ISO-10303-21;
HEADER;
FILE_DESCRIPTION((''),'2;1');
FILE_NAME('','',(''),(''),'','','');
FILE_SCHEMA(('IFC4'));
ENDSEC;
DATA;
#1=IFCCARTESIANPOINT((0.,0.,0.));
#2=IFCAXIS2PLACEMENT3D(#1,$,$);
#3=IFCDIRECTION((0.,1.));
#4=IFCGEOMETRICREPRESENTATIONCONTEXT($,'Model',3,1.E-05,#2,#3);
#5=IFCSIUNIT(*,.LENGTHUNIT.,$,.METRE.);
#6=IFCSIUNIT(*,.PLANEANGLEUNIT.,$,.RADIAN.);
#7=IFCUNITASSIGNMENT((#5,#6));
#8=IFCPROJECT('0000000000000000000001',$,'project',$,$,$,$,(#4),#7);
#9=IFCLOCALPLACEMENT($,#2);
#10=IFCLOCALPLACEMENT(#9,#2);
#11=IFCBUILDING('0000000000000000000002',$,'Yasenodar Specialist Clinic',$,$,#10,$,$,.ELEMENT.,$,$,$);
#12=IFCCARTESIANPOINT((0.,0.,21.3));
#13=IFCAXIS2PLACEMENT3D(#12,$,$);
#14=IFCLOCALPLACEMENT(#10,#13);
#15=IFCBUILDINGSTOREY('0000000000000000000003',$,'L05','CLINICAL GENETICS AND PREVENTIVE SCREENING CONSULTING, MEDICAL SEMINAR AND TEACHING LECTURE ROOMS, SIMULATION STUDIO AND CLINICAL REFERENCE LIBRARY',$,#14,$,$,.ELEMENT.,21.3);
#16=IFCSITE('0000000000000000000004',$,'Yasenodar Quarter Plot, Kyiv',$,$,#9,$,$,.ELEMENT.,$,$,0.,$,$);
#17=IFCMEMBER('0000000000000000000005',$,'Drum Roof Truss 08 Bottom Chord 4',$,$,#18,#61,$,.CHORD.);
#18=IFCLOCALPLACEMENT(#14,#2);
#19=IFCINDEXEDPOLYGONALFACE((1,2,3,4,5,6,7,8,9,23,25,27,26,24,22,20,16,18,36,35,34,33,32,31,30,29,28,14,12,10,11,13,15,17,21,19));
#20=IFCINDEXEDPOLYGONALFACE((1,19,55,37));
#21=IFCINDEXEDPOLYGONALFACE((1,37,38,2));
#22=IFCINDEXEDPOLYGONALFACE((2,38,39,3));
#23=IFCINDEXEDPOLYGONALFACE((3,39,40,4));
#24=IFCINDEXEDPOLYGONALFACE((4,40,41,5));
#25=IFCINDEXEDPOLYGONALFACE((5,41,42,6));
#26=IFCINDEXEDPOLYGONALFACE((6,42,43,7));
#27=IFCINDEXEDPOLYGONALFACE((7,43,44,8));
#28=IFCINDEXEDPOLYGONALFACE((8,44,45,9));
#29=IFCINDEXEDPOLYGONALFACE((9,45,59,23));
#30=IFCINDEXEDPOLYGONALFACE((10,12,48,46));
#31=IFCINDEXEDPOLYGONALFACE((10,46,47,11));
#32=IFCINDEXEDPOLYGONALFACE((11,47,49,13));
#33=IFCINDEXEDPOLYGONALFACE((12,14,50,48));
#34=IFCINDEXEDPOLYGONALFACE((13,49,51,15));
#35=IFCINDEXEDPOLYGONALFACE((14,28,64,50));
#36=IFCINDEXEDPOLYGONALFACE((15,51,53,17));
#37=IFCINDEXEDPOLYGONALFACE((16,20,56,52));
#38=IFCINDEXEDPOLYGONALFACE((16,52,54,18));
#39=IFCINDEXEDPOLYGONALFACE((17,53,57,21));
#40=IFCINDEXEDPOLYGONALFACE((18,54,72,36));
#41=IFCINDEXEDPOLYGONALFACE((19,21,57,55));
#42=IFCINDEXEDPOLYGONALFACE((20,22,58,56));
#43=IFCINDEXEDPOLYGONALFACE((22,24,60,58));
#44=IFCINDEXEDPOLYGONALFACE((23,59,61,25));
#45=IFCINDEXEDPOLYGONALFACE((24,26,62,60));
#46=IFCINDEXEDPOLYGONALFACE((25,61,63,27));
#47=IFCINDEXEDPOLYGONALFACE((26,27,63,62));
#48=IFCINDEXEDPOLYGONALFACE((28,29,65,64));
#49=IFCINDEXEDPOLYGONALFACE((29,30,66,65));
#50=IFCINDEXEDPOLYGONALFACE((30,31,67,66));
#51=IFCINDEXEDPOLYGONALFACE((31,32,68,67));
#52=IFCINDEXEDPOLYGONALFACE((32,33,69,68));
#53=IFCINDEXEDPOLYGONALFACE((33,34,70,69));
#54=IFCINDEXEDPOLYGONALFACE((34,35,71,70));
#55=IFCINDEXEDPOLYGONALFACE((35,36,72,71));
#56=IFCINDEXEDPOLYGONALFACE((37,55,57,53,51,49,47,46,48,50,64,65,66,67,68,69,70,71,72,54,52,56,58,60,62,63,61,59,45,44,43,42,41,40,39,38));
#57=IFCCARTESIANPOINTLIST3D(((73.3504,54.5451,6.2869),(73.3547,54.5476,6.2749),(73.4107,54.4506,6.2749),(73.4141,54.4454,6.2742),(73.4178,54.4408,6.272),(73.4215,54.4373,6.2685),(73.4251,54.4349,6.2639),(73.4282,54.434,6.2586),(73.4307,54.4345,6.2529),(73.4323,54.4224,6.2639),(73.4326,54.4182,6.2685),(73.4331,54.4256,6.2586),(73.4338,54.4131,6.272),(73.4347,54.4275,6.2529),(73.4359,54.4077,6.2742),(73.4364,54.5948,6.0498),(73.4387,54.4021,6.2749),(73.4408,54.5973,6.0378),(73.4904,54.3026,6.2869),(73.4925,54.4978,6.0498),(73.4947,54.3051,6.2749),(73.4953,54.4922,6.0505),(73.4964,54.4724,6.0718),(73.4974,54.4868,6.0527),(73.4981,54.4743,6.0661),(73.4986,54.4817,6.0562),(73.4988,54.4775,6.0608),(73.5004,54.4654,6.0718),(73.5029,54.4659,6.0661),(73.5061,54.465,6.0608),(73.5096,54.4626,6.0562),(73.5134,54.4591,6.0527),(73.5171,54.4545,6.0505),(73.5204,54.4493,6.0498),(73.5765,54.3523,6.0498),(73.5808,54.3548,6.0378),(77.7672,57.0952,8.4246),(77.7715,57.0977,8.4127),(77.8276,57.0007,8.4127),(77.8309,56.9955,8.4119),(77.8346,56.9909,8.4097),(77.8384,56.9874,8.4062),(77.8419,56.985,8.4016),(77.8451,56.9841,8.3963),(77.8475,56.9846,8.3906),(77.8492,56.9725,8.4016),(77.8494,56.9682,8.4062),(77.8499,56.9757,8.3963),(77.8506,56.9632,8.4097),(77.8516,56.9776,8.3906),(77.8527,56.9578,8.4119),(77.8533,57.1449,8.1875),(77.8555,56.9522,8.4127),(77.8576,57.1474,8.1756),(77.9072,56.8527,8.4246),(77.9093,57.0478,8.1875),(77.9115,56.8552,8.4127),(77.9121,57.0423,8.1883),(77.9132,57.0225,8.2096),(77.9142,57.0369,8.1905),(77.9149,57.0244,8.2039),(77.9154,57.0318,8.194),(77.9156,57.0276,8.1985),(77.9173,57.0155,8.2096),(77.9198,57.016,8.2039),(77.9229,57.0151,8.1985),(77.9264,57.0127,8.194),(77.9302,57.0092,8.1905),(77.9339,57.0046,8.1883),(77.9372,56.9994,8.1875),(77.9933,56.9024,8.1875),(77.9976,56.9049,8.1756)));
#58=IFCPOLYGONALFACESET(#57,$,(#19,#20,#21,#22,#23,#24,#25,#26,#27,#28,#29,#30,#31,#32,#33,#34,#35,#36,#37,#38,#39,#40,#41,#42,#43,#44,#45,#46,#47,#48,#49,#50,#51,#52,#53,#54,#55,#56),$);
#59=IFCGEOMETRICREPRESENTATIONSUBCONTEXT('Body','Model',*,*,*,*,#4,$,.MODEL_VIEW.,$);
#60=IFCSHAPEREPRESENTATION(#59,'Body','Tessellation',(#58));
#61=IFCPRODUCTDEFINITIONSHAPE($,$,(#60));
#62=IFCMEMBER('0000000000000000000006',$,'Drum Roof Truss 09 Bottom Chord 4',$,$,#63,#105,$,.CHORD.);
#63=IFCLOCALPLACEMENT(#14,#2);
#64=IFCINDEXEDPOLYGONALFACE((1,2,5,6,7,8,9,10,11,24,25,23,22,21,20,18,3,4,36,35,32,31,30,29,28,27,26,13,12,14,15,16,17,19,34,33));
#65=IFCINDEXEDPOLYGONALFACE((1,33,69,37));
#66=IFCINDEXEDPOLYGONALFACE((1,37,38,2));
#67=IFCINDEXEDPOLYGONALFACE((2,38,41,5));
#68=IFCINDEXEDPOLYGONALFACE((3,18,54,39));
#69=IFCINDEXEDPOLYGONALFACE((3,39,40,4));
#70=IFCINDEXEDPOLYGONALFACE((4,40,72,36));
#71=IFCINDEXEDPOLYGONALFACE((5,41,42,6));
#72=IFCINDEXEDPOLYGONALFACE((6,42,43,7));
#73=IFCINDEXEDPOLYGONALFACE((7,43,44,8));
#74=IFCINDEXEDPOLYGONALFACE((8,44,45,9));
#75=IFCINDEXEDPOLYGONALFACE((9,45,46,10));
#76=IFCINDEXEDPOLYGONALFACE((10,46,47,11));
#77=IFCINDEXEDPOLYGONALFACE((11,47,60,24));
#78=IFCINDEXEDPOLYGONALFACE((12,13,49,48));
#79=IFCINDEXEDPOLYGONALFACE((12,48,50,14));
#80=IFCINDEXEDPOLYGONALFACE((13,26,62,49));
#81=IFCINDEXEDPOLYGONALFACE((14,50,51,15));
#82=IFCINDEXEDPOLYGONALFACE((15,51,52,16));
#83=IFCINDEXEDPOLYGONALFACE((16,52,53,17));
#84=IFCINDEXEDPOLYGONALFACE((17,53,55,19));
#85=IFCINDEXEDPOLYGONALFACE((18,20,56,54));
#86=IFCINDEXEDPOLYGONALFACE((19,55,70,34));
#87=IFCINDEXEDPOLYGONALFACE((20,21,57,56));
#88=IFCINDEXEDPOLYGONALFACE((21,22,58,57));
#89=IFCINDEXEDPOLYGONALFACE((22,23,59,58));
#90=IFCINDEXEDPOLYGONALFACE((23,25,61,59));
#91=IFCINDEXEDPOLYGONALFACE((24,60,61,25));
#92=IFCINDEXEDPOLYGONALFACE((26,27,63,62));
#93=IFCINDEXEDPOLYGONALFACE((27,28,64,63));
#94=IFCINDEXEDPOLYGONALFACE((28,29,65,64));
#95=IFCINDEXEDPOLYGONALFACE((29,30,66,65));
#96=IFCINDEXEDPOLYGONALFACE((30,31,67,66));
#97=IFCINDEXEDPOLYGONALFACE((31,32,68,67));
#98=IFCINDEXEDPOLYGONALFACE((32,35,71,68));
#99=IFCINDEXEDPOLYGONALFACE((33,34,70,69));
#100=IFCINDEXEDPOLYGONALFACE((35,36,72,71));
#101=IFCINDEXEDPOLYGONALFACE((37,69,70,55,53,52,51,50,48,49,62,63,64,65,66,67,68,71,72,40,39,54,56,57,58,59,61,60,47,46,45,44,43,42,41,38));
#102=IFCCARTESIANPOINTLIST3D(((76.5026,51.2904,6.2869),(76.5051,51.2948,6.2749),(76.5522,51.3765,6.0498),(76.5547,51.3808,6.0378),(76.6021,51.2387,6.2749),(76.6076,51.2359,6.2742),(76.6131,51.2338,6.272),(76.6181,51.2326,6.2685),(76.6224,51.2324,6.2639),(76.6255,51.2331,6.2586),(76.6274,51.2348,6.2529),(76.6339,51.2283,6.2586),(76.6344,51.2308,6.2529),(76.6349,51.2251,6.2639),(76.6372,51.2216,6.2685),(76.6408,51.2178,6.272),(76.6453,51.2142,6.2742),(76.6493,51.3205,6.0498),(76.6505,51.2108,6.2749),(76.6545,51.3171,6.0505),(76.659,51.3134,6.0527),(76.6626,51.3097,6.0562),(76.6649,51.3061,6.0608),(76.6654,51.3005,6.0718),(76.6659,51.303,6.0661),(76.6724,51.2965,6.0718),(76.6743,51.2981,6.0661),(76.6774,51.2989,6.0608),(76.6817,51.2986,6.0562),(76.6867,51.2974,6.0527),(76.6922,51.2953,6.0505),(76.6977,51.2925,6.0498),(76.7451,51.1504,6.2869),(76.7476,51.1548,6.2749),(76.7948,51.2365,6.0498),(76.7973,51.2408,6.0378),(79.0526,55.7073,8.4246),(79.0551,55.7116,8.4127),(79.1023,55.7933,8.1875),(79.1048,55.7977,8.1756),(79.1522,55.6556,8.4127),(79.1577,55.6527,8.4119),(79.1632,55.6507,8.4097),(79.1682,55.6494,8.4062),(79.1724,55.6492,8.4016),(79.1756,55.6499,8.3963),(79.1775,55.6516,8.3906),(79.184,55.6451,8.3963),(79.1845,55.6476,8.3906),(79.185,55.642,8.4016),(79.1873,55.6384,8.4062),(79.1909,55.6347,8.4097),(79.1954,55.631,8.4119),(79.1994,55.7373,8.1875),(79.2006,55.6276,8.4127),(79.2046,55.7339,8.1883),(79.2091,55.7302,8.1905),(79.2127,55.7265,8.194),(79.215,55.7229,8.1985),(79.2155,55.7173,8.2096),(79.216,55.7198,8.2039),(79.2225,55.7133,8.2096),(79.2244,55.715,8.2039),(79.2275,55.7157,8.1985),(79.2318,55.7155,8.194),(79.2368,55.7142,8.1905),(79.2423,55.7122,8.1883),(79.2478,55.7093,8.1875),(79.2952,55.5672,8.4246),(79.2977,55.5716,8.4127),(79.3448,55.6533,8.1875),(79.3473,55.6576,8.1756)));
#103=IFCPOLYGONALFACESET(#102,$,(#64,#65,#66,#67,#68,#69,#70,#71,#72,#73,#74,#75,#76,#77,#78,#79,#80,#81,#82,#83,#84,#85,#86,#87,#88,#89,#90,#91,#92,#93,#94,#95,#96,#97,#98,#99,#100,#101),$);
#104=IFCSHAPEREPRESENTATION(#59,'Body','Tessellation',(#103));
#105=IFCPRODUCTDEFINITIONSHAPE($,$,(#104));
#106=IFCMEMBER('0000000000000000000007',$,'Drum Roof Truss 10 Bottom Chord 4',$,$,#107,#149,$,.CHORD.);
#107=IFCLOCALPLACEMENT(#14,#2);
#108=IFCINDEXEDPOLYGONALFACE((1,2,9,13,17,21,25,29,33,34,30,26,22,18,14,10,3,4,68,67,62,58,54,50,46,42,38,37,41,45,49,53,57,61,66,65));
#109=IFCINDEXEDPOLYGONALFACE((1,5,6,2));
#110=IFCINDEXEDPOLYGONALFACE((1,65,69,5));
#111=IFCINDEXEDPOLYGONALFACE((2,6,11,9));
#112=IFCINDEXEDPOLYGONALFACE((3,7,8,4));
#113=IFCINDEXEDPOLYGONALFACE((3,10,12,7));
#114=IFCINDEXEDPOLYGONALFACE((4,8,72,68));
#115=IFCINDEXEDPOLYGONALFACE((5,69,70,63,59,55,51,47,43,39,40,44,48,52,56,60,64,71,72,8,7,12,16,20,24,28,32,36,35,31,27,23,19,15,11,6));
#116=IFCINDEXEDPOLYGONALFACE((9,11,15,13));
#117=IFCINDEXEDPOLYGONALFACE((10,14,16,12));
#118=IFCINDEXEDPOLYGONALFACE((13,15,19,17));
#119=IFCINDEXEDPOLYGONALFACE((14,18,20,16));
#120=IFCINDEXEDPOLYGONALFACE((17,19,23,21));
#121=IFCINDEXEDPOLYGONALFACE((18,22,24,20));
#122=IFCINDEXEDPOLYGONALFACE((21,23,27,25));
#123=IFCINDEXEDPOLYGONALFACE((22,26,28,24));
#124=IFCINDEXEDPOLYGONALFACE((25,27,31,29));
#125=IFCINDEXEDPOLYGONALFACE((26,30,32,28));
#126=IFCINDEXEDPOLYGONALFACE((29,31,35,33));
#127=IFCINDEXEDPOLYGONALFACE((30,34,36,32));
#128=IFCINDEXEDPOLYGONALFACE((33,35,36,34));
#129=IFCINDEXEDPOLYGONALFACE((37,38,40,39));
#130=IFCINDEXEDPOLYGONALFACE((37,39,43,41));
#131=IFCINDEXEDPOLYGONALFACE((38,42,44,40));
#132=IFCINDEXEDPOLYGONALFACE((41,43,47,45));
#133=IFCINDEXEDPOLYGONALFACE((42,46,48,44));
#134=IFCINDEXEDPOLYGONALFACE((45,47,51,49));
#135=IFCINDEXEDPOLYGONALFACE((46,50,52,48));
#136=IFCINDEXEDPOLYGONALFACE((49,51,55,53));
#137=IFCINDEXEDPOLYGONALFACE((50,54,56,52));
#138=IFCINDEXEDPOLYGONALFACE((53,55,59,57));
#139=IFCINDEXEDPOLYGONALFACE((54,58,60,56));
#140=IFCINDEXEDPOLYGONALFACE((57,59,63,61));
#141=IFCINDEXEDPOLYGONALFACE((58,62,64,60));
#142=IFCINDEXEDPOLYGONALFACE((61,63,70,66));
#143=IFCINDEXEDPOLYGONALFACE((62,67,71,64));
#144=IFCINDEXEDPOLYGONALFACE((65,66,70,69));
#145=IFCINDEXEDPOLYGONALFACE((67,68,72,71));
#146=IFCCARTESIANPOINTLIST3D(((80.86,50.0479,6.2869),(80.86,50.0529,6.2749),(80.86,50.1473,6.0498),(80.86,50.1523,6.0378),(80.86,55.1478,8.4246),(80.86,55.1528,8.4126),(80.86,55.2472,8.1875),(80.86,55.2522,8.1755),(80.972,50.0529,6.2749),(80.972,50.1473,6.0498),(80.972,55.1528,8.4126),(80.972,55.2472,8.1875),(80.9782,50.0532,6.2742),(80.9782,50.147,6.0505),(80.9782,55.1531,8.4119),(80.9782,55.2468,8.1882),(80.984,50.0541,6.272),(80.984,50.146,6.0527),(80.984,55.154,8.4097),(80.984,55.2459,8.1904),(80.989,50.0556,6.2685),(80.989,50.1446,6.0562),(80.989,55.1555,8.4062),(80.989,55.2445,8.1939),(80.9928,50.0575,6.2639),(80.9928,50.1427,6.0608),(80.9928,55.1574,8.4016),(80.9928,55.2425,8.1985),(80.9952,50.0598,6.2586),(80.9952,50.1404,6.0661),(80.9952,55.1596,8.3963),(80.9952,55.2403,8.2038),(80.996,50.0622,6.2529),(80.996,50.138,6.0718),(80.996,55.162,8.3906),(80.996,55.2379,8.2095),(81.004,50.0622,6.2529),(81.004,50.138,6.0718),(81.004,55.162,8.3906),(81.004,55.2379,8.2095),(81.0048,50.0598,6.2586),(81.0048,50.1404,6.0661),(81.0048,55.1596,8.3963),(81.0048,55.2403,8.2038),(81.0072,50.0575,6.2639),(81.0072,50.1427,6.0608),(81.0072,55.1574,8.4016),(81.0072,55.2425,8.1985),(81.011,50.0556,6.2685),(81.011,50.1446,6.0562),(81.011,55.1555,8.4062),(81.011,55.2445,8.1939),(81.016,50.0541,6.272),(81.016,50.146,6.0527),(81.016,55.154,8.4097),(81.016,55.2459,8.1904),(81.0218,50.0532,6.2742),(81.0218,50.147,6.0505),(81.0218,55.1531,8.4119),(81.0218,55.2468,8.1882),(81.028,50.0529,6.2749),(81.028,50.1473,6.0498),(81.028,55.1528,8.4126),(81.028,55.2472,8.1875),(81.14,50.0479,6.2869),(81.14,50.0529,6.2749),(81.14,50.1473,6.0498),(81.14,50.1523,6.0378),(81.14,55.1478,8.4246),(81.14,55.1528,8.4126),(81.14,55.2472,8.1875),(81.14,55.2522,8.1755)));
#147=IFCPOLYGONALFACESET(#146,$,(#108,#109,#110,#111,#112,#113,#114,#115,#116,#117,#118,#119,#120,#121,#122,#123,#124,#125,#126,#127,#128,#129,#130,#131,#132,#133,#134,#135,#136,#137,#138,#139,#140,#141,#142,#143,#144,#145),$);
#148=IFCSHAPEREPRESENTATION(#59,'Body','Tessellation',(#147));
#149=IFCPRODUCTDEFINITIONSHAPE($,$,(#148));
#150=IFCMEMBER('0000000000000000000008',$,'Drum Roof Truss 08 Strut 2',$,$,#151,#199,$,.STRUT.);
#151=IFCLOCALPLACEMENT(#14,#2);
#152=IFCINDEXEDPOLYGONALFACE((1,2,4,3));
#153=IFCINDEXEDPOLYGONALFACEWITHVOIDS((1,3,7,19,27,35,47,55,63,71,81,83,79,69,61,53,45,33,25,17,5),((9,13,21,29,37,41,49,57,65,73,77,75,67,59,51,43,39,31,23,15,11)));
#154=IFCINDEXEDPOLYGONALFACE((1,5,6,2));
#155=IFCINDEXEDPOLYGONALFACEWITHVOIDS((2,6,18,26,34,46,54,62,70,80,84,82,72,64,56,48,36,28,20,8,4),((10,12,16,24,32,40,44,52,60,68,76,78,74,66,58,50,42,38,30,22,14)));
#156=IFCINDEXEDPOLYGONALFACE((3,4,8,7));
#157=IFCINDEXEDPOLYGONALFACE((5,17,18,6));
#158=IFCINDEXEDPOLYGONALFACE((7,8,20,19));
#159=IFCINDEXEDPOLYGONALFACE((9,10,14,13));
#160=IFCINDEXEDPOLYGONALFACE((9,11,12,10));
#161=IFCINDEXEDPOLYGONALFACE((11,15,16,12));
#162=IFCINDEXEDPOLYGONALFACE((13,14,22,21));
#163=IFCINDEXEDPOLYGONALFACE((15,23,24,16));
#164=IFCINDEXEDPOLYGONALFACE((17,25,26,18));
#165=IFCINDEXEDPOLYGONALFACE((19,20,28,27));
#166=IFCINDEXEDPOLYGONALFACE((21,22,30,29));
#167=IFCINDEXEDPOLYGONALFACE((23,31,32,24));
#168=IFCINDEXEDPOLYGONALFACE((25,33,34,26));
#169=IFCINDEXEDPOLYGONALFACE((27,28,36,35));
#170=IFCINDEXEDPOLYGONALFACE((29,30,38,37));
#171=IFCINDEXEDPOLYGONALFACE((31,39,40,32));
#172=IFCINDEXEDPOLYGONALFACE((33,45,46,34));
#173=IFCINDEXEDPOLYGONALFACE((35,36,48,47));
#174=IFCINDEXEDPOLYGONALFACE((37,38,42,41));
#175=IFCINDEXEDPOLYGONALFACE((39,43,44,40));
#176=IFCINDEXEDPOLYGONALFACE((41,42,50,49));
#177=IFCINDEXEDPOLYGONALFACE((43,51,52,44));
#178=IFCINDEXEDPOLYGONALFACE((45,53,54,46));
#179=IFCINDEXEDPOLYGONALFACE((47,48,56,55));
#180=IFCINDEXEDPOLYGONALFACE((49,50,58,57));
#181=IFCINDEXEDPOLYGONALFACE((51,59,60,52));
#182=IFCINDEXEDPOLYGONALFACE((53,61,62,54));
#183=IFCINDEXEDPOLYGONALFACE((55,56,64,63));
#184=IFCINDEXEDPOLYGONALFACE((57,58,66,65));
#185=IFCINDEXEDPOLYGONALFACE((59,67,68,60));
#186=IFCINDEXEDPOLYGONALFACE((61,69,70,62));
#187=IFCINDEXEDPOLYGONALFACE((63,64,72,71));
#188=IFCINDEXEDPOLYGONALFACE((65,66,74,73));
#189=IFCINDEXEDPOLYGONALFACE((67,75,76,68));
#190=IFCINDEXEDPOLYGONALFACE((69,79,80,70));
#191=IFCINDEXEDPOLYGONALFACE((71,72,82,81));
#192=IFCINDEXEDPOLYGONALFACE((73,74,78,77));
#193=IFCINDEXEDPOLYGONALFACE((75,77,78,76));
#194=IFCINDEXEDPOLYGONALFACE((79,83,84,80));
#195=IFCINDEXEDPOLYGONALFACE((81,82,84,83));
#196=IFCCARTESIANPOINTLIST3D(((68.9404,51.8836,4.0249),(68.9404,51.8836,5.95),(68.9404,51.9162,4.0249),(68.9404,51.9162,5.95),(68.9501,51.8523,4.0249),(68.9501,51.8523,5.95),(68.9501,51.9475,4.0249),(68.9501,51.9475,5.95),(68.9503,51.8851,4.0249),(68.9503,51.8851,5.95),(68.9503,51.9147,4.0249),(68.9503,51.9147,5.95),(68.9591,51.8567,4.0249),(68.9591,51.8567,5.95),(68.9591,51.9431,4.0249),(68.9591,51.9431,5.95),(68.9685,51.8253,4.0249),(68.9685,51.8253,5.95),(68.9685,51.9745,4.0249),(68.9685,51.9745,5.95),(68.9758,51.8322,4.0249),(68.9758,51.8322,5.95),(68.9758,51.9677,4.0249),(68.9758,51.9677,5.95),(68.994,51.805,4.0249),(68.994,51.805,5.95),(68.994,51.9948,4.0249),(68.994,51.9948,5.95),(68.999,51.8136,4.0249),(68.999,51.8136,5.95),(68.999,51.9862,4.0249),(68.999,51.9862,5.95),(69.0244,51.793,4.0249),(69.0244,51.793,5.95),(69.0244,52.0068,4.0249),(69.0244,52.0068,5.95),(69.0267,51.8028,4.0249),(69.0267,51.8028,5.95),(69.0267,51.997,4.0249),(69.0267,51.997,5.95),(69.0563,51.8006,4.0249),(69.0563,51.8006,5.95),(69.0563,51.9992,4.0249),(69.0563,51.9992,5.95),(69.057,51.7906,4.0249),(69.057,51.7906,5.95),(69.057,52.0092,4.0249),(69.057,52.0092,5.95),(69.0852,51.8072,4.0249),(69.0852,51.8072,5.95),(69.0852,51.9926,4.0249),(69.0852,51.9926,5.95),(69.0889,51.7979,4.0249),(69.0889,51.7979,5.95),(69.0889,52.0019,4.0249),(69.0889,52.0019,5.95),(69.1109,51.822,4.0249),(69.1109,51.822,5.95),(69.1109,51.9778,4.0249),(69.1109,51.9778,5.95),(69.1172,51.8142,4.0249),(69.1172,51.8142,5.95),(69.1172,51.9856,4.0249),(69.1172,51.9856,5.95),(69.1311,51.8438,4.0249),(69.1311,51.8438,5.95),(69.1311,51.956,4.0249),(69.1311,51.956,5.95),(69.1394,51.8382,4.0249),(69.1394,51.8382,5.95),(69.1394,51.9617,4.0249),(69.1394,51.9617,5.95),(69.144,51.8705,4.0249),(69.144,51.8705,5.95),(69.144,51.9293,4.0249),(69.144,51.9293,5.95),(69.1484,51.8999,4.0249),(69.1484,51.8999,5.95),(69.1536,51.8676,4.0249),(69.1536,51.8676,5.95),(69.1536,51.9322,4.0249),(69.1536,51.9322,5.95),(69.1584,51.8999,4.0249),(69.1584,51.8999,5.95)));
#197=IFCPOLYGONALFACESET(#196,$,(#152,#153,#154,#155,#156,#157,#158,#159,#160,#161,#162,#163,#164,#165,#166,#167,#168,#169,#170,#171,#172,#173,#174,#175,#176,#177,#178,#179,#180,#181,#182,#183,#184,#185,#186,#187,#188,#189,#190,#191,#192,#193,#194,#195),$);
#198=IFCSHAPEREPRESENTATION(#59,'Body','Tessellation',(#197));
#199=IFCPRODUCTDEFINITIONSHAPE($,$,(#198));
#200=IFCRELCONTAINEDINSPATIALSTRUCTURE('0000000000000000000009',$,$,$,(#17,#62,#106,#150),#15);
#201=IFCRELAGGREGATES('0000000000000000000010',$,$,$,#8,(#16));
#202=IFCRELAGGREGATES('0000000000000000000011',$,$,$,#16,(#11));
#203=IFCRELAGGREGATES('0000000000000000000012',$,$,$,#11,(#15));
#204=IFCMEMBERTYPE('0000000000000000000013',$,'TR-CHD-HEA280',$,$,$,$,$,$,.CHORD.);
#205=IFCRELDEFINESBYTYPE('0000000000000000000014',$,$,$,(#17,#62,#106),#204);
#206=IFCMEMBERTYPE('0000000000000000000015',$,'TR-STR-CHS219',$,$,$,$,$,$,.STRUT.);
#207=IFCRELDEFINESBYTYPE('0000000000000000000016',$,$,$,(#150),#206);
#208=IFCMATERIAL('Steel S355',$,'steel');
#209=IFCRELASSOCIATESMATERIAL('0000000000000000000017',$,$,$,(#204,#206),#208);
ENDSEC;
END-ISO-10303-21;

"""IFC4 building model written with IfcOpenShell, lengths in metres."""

from ifc_helpers import new_model, si_unit, direction, frame, origin, origin_2d, place, context, subcontext, project, spatial, hollow_circle, i_section, extrude, material, material_profile, profile_set, type_object, element, save


model = new_model("IFC4")

# Units and contexts
model_context = context("Model", 3, precision=1e-05, world=origin(), true_north=direction((0.0, 1.0)))
body_context = subcontext(model_context, "Body", "Model", "MODEL_VIEW")
ifc_project = project(units=[si_unit("LENGTHUNIT", "METRE"), si_unit("PLANEANGLEUNIT", "RADIAN")], contexts=[model_context])

# Site, building, storey
site_placement = place(None, origin())
site = spatial("IfcSite", under=ifc_project, at=site_placement, Name="Yasenodar Quarter Plot, Kyiv", CompositionType="ELEMENT", RefElevation=0.0)
building_placement = place(site_placement, origin())
building = spatial("IfcBuilding", under=site, at=building_placement, Name="Yasenodar Specialist Clinic", CompositionType="ELEMENT")
storey_placement = place(building_placement, frame((0.0, 0.0, 21.3)))
storey = spatial("IfcBuildingStorey", under=building, at=storey_placement, Name="L05", Description="CLINICAL GENETICS AND PREVENTIVE SCREENING CONSULTING, MEDICAL SEMINAR AND TEACHING LECTURE ROOMS, SIMULATION STUDIO AND CLINICAL REFERENCE LIBRARY", CompositionType="ELEMENT", Elevation=21.3)

# Shared definitions
ifc_material = material(Name="Steel S355", Category="steel")

# Members
ifc_material_profile_1 = material_profile(ifc_material, i_section(OverallWidth=0.28, OverallDepth=0.27, WebThickness=0.0081, FlangeThickness=0.0129, FilletRadius=0.0239, at=origin_2d()), Name="HEA 280")
ifc_profile_set_1 = profile_set([ifc_material_profile_1], Name="Steel S355")
member_type_1 = type_object("IfcMemberType", Name="TR-CHD-HEA280", PredefinedType="CHORD", material=ifc_profile_set_1)
for number, where, z_axis, x_axis, name in (
    (1, (73.4656, 54.45, 6.1624), (0.798698, 0.461136, 0.386568), (-0.500006, 0.866022, 0.0), "Drum Roof Truss 08 Bottom Chord 4"),
    (2, (76.6499, 51.2656, 6.1624), (0.461136, 0.798698, 0.386568), (-0.866022, 0.500006, 0.0), "Drum Roof Truss 09 Bottom Chord 4"),
):
    element("IfcMember", number, at=place(storey_placement, frame(where, z_axis=z_axis, x_axis=x_axis)), inside=storey, type_object=member_type_1, Name=name, PredefinedType="CHORD", context=body_context, shape_type="SweptSolid", body=[
        extrude(i_section(OverallWidth=0.28, OverallDepth=0.27, WebThickness=0.0081, FlangeThickness=0.0129, FilletRadius=0.0239, at=origin_2d()), origin(), (0.0, 0.0, 1.0), 5.53),
    ])
member_1_placement = place(storey_placement, frame((81.0, 50.1001, 6.1624), z_axis=(0.0, 0.922256, 0.38658), x_axis=(-1.0, 0.0, 0.0)))
element("IfcMember", 3, at=member_1_placement, inside=storey, type_object=member_type_1, Name="Drum Roof Truss 10 Bottom Chord 4", PredefinedType="CHORD", context=body_context, shape_type="SweptSolid", body=[
    extrude(i_section(OverallWidth=0.28, OverallDepth=0.27, WebThickness=0.0081, FlangeThickness=0.0129, FilletRadius=0.0239, at=origin_2d()), origin(), (0.0, 0.0, 1.0), 5.5298),
])
ifc_material_profile_2 = material_profile(ifc_material, hollow_circle(Radius=0.1096, WallThickness=0.01, at=origin_2d()), Name="CHS 219.1x10")
ifc_profile_set_2 = profile_set([ifc_material_profile_2], Name="Steel S355")
member_type_2 = type_object("IfcMemberType", Name="TR-STR-CHS219", PredefinedType="STRUT", material=ifc_profile_set_2)
for number, where, z_axis, x_axis, name in (
    (4, (69.0488, 51.8999, 4.0249), (0.0, 0.0, 1.0), (1.0, 0.0, 0.0), "Drum Roof Truss 08 Strut 2"),
):
    element("IfcMember", number, at=place(storey_placement, frame(where, z_axis=z_axis, x_axis=x_axis)), inside=storey, type_object=member_type_2, Name=name, PredefinedType="STRUT", context=body_context, shape_type="SweptSolid", body=[
        extrude(hollow_circle(Radius=0.1096, WallThickness=0.01, at=origin_2d()), origin(), (0.0, 0.0, 1.0), 1.925),
    ])

save(model, "model.ifc")
